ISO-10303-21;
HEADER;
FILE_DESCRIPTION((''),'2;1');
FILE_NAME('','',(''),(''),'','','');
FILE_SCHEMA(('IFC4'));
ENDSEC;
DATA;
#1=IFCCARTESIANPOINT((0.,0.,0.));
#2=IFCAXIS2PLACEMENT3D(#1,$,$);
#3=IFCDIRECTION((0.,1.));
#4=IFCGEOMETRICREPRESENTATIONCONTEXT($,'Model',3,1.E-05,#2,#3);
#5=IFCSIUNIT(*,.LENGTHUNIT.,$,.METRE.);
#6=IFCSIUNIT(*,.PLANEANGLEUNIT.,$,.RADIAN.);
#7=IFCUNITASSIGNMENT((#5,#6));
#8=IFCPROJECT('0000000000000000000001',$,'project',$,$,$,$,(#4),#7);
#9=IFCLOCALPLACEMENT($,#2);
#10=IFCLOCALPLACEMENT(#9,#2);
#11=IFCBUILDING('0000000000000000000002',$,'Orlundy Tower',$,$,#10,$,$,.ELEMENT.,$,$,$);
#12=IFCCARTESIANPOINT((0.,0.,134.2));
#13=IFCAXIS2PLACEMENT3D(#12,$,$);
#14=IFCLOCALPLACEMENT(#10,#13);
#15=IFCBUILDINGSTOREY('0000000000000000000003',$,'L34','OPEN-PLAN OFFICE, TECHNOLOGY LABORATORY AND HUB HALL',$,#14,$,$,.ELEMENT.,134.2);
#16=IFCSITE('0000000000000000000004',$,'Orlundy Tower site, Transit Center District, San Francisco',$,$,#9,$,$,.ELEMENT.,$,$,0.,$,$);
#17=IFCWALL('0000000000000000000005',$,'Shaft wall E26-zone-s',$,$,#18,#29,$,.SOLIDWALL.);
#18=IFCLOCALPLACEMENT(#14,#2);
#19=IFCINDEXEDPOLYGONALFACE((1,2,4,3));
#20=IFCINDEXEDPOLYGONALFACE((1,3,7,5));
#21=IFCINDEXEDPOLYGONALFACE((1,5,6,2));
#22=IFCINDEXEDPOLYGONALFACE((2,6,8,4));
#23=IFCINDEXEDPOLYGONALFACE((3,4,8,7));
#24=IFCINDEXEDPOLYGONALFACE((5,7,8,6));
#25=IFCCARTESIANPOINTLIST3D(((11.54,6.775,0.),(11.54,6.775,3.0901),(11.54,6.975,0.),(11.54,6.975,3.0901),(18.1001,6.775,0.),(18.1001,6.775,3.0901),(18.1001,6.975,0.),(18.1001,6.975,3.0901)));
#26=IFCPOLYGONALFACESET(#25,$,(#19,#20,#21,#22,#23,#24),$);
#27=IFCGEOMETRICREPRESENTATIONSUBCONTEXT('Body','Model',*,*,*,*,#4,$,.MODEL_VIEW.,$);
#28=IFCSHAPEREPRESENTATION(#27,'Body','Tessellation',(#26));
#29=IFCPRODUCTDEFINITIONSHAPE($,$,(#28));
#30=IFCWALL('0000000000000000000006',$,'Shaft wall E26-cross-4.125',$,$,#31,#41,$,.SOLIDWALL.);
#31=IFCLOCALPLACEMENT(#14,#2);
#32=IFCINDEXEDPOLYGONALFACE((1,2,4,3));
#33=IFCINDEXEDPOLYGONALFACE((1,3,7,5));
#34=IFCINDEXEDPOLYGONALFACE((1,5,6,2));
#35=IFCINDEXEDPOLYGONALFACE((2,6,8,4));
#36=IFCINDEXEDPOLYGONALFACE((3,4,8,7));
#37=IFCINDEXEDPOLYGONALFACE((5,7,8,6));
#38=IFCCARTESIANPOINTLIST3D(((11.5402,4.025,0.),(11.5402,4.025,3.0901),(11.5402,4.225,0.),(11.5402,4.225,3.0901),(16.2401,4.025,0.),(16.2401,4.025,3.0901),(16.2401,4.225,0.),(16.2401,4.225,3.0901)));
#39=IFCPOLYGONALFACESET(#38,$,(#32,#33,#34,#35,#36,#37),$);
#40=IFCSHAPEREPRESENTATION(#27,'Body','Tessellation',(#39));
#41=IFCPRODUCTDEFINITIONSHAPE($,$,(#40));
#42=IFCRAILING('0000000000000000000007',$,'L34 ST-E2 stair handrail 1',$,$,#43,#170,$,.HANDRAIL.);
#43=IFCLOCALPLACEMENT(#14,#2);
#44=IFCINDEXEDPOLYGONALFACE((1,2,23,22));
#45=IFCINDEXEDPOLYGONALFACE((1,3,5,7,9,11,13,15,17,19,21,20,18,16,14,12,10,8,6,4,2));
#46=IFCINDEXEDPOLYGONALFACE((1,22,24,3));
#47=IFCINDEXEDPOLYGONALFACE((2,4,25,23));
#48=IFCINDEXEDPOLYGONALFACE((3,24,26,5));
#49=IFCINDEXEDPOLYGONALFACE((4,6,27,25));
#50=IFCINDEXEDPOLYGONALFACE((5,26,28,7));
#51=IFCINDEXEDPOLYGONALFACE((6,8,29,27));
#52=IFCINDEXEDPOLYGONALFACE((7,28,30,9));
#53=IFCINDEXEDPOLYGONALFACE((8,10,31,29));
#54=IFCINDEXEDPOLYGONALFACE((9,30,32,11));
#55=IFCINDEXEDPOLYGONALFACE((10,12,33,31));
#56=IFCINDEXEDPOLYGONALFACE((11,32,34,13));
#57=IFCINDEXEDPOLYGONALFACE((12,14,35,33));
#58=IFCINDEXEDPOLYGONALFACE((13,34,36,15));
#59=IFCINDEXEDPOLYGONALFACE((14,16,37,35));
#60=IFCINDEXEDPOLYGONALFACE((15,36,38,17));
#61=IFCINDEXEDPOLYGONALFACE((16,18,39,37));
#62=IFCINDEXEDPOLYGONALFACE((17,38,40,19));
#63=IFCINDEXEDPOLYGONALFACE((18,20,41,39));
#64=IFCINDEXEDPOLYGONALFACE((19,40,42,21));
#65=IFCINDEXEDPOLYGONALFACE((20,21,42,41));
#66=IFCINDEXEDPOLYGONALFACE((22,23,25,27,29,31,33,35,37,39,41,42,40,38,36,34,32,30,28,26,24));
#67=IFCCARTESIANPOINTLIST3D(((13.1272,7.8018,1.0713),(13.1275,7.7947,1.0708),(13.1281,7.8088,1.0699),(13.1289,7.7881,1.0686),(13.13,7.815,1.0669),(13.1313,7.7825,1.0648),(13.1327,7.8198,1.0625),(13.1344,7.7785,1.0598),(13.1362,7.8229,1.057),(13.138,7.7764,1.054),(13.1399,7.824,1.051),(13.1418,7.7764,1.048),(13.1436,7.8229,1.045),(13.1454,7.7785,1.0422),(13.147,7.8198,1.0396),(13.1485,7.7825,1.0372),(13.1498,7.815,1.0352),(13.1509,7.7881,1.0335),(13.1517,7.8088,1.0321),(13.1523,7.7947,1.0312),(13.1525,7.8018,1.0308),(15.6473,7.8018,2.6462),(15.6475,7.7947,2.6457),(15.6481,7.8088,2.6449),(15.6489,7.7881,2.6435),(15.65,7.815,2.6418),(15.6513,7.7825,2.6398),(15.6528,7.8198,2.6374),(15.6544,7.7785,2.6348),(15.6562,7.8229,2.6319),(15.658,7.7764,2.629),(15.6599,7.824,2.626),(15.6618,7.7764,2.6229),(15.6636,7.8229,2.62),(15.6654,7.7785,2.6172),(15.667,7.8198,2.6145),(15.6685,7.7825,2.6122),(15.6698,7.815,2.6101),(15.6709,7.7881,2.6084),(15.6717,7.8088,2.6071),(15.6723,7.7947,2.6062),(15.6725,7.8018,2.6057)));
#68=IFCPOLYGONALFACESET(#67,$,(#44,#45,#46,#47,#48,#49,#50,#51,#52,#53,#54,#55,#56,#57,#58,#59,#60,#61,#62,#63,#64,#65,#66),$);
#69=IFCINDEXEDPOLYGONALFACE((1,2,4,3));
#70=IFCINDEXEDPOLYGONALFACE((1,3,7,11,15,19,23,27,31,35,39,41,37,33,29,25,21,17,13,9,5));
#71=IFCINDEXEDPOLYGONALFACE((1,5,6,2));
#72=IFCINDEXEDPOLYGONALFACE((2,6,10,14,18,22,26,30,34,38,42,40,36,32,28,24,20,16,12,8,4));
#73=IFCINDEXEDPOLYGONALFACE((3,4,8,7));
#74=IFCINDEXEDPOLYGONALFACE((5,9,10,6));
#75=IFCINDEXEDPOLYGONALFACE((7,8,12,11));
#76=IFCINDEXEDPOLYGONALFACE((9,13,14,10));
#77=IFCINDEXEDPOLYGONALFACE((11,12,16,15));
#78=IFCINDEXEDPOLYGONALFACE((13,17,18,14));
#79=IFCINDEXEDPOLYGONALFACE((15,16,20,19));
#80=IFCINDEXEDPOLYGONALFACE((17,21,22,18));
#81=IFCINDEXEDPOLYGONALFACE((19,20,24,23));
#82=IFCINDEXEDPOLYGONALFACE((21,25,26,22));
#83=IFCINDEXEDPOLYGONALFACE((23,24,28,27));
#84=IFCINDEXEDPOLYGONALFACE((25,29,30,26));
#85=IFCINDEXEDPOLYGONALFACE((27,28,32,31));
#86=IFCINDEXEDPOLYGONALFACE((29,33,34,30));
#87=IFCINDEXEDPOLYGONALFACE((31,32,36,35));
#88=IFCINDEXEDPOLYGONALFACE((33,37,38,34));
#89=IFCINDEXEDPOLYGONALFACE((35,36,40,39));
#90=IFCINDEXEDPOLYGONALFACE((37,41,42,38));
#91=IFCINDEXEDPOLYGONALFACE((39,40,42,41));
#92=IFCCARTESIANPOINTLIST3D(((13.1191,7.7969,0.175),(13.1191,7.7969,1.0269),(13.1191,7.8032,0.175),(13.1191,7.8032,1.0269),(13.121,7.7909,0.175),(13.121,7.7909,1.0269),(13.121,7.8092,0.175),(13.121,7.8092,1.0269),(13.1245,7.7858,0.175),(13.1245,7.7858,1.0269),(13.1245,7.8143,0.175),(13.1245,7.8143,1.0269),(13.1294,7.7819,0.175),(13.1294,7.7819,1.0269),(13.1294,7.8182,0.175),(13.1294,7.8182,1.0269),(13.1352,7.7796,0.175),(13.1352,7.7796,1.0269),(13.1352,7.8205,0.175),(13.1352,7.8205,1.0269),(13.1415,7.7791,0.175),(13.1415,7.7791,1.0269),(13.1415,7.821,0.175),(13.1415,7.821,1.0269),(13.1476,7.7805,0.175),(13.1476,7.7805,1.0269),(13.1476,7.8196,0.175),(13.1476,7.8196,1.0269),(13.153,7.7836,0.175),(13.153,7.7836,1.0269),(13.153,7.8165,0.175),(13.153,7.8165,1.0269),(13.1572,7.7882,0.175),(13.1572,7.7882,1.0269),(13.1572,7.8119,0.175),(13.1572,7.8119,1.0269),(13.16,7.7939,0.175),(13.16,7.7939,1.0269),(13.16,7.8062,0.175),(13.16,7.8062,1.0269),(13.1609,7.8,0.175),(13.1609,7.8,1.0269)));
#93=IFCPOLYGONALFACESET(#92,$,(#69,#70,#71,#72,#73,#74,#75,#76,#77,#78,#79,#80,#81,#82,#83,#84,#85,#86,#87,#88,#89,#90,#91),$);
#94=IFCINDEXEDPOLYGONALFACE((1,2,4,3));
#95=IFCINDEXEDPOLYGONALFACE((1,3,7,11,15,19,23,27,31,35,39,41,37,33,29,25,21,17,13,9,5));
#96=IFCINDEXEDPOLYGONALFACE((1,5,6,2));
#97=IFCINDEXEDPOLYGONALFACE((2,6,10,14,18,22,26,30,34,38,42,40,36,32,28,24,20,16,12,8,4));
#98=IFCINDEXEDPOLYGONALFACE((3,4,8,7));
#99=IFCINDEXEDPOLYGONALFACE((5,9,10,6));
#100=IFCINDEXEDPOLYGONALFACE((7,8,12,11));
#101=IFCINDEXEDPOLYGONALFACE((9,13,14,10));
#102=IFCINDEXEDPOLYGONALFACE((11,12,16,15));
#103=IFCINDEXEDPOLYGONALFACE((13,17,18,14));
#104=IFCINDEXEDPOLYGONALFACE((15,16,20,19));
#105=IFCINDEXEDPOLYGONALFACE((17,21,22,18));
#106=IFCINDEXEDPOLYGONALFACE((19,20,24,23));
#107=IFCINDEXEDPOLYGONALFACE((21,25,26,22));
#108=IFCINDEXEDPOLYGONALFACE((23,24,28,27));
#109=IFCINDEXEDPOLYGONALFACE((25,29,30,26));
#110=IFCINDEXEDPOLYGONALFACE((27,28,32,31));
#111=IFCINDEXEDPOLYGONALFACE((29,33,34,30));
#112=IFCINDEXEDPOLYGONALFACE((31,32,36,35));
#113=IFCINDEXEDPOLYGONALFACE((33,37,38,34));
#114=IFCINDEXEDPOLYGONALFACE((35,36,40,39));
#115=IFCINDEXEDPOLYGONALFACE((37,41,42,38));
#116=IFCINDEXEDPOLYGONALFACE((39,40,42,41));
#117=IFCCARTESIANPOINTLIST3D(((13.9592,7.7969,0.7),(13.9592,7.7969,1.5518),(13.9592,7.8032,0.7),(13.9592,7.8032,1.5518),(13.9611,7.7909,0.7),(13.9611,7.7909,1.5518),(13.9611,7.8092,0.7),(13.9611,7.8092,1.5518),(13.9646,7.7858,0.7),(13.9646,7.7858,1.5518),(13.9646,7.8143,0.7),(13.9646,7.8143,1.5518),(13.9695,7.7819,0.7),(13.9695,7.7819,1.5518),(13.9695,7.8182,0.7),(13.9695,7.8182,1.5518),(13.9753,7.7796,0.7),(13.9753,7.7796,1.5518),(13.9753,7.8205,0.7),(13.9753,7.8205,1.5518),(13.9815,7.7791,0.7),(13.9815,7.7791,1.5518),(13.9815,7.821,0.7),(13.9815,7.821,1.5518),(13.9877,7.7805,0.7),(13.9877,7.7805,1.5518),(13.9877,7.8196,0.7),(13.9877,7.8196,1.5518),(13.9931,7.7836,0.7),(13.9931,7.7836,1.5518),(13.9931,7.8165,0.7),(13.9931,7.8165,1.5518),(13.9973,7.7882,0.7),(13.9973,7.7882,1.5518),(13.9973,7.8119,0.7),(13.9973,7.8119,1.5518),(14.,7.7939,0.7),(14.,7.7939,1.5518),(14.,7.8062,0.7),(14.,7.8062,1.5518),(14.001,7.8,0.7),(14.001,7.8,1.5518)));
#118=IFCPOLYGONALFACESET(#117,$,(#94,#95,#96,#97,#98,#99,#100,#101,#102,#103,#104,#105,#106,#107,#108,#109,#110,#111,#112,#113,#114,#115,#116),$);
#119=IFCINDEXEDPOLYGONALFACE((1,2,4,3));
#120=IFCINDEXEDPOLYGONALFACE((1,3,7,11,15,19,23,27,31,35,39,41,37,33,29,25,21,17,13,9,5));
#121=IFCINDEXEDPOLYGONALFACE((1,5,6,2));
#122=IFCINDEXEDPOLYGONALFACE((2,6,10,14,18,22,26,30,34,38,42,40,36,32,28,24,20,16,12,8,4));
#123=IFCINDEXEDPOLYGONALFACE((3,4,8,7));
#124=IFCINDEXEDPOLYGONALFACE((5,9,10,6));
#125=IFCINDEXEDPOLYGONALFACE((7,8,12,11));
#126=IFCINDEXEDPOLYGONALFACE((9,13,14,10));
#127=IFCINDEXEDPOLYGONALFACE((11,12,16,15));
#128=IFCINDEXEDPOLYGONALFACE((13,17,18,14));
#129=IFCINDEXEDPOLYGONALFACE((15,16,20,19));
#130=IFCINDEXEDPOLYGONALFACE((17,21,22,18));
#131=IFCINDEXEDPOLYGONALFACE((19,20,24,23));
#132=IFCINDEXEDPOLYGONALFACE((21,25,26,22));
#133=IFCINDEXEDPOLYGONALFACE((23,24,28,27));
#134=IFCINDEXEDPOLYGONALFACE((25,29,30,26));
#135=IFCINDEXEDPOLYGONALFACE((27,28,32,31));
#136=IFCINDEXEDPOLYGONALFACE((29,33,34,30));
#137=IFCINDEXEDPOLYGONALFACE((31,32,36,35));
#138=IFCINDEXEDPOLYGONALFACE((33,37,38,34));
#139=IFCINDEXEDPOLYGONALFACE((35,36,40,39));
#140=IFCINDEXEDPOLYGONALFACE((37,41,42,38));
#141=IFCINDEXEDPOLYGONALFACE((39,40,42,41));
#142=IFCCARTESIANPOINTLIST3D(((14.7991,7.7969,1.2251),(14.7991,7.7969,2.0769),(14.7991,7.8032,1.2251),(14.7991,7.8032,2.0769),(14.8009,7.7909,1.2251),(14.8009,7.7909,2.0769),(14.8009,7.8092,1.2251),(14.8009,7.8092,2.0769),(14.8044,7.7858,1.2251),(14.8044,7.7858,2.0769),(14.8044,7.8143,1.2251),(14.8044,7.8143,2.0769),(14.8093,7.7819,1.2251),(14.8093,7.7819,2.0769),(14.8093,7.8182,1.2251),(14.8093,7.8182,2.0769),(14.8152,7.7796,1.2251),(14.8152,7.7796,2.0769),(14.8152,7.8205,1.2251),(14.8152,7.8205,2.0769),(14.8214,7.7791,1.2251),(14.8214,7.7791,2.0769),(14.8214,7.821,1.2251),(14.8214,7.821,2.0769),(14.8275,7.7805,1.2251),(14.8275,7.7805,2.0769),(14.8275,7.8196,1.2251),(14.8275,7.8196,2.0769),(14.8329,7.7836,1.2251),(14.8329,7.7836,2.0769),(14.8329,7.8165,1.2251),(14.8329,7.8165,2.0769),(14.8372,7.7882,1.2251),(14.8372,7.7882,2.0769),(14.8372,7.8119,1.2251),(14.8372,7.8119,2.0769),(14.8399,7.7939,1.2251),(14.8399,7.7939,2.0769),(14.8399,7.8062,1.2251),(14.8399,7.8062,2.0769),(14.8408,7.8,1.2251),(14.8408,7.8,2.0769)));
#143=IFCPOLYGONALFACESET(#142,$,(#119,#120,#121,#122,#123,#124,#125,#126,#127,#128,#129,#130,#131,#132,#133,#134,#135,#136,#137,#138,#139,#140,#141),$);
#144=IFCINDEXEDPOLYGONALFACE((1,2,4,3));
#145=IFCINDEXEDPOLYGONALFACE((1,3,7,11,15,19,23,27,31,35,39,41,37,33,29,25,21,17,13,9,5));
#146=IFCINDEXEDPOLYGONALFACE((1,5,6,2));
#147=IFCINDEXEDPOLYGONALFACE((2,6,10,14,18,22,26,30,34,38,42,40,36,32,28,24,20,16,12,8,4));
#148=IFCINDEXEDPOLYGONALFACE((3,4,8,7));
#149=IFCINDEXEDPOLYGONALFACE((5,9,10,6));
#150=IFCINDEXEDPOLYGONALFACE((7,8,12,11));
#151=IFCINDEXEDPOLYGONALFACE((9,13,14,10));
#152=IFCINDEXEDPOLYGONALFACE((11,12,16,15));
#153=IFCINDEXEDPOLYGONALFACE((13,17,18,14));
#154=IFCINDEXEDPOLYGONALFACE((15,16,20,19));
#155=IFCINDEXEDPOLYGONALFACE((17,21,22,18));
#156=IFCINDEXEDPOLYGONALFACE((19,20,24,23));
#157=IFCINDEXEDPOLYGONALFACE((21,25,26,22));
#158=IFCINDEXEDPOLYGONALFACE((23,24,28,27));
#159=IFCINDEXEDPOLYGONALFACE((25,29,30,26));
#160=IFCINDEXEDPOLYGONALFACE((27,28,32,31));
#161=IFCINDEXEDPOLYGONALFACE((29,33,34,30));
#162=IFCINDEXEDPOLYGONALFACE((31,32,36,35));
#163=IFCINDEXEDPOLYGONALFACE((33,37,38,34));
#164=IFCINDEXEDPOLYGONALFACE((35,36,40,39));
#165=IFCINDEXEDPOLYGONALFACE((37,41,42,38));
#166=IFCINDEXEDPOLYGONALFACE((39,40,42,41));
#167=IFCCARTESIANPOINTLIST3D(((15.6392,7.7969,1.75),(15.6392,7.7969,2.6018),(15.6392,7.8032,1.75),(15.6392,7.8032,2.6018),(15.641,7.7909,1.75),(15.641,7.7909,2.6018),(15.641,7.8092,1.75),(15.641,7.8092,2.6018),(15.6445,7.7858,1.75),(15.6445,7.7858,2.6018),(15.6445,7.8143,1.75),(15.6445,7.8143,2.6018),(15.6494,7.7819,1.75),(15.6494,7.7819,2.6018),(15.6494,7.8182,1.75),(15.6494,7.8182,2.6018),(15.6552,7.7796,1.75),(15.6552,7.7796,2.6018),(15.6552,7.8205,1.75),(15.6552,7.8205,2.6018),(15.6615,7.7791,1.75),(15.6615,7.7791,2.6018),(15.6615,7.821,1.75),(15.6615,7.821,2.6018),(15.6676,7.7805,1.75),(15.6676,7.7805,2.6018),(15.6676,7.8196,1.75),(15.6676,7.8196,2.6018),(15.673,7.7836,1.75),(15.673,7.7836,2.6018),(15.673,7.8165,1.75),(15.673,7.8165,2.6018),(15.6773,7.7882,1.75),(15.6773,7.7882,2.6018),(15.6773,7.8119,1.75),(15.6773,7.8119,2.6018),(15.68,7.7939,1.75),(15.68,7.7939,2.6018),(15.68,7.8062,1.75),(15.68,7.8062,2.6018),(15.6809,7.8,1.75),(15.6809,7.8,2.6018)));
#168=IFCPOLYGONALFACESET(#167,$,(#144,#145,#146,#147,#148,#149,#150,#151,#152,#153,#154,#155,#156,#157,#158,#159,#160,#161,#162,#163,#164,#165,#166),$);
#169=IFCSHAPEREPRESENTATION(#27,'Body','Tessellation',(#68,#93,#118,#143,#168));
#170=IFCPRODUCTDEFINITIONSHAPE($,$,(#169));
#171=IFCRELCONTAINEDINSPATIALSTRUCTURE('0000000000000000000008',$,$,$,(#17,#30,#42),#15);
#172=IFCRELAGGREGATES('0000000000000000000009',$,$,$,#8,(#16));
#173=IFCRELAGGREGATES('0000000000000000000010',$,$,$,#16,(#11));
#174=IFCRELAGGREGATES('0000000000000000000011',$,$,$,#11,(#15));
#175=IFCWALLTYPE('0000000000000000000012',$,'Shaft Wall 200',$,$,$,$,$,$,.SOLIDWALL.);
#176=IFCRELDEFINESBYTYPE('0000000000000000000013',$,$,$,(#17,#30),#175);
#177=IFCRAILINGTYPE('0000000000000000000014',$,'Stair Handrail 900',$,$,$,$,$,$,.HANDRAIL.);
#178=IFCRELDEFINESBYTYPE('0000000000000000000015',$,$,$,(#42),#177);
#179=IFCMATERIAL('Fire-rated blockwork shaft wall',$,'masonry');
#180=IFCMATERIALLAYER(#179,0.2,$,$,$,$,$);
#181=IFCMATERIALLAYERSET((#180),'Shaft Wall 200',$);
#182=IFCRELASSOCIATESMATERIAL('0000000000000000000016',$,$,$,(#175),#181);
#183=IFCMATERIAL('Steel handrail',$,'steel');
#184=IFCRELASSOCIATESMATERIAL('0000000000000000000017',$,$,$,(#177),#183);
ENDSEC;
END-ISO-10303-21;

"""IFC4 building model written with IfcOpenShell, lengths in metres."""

from ifc_helpers import new_model, si_unit, direction, frame, frame_2d, origin, origin_2d, place, context, subcontext, project, spatial, rectangle, circle, extrude, material, layer, layer_set, type_object, element, save


model = new_model("IFC4")

# Units and contexts
model_context = context("Model", 3, precision=1e-05, world=origin(), true_north=direction((0.0, 1.0)))
body_context = subcontext(model_context, "Body", "Model", "MODEL_VIEW")
ifc_project = project(units=[si_unit("LENGTHUNIT", "METRE"), si_unit("PLANEANGLEUNIT", "RADIAN")], contexts=[model_context])

# Site, building, storey
site_placement = place(None, origin())
site = spatial("IfcSite", under=ifc_project, at=site_placement, Name="Orlundy Tower site, Transit Center District, San Francisco", CompositionType="ELEMENT", RefElevation=0.0)
building_placement = place(site_placement, origin())
building = spatial("IfcBuilding", under=site, at=building_placement, Name="Orlundy Tower", CompositionType="ELEMENT")
storey_placement = place(building_placement, frame((0.0, 0.0, 134.2)))
storey = spatial("IfcBuildingStorey", under=building, at=storey_placement, Name="L34", Description="OPEN-PLAN OFFICE, TECHNOLOGY LABORATORY AND HUB HALL", CompositionType="ELEMENT", Elevation=134.2)

# Walls
ifc_material_1 = material(Name="Fire-rated blockwork shaft wall", Category="masonry")
ifc_layer_1 = layer(ifc_material_1, 0.2)
ifc_layer_set_1 = layer_set([ifc_layer_1], Name="Shaft Wall 200")
wall_type_1 = type_object("IfcWallType", Name="Shaft Wall 200", PredefinedType="SOLIDWALL", material=ifc_layer_set_1)
wall_1_placement = place(storey_placement, frame((11.54, 6.875, 0.0), z_axis=(0.0, 0.0, 1.0), x_axis=(1.0, 0.0, 0.0)))
element("IfcWall", 1, at=wall_1_placement, inside=storey, type_object=wall_type_1, Name="Shaft wall E26-zone-s", PredefinedType="SOLIDWALL", context=body_context, shape_type="SweptSolid", body=[
    extrude(rectangle(XDim=6.5601, YDim=0.2, at=frame_2d((3.28, 0.0))), origin(), (0.0, 0.0, 1.0), 3.0901),
])
wall_2_placement = place(storey_placement, frame((11.54, 4.125, 0.0), z_axis=(0.0, 0.0, 1.0), x_axis=(1.0, 0.0, 0.0)))
element("IfcWall", 2, at=wall_2_placement, inside=storey, type_object=wall_type_1, Name="Shaft wall E26-cross-4.125", PredefinedType="SOLIDWALL", context=body_context, shape_type="SweptSolid", body=[
    extrude(rectangle(XDim=4.7, YDim=0.2, at=frame_2d((2.3501, 0.0))), origin(), (0.0, 0.0, 1.0), 3.0901),
])

# Railing
ifc_material_2 = material(Name="Steel handrail", Category="steel")
railing_type_1 = type_object("IfcRailingType", Name="Stair Handrail 900", PredefinedType="HANDRAIL", material=ifc_material_2)
railing_1_placement = place(storey_placement, frame((13.1399, 7.8, 0.175)))
element("IfcRailing", 3, at=railing_1_placement, inside=storey, type_object=railing_type_1, Name="L34 ST-E2 stair handrail 1", PredefinedType="HANDRAIL", context=body_context, shape_type="SweptSolid", body=[
    extrude(circle(Radius=0.0239, at=origin_2d()), frame((0.0, 0.0, 0.876), z_axis=(0.848008, 0.0, 0.529984), x_axis=(0.0, 1.0, 0.0)), (0.0, 0.0, 1.0), 2.9717),
    extrude(circle(Radius=0.021, at=origin_2d()), origin(), (0.0, 0.0, 1.0), 0.8518),
    extrude(circle(Radius=0.021, at=origin_2d()), frame((0.8401, 0.0, 0.5249)), (0.0, 0.0, 1.0), 0.8518),
    extrude(circle(Radius=0.021, at=origin_2d()), frame((1.6799, 0.0, 1.05)), (0.0, 0.0, 1.0), 0.8518),
    extrude(circle(Radius=0.021, at=origin_2d()), frame((2.52, 0.0, 1.575)), (0.0, 0.0, 1.0), 0.8518),
])

save(model, "model.ifc")
